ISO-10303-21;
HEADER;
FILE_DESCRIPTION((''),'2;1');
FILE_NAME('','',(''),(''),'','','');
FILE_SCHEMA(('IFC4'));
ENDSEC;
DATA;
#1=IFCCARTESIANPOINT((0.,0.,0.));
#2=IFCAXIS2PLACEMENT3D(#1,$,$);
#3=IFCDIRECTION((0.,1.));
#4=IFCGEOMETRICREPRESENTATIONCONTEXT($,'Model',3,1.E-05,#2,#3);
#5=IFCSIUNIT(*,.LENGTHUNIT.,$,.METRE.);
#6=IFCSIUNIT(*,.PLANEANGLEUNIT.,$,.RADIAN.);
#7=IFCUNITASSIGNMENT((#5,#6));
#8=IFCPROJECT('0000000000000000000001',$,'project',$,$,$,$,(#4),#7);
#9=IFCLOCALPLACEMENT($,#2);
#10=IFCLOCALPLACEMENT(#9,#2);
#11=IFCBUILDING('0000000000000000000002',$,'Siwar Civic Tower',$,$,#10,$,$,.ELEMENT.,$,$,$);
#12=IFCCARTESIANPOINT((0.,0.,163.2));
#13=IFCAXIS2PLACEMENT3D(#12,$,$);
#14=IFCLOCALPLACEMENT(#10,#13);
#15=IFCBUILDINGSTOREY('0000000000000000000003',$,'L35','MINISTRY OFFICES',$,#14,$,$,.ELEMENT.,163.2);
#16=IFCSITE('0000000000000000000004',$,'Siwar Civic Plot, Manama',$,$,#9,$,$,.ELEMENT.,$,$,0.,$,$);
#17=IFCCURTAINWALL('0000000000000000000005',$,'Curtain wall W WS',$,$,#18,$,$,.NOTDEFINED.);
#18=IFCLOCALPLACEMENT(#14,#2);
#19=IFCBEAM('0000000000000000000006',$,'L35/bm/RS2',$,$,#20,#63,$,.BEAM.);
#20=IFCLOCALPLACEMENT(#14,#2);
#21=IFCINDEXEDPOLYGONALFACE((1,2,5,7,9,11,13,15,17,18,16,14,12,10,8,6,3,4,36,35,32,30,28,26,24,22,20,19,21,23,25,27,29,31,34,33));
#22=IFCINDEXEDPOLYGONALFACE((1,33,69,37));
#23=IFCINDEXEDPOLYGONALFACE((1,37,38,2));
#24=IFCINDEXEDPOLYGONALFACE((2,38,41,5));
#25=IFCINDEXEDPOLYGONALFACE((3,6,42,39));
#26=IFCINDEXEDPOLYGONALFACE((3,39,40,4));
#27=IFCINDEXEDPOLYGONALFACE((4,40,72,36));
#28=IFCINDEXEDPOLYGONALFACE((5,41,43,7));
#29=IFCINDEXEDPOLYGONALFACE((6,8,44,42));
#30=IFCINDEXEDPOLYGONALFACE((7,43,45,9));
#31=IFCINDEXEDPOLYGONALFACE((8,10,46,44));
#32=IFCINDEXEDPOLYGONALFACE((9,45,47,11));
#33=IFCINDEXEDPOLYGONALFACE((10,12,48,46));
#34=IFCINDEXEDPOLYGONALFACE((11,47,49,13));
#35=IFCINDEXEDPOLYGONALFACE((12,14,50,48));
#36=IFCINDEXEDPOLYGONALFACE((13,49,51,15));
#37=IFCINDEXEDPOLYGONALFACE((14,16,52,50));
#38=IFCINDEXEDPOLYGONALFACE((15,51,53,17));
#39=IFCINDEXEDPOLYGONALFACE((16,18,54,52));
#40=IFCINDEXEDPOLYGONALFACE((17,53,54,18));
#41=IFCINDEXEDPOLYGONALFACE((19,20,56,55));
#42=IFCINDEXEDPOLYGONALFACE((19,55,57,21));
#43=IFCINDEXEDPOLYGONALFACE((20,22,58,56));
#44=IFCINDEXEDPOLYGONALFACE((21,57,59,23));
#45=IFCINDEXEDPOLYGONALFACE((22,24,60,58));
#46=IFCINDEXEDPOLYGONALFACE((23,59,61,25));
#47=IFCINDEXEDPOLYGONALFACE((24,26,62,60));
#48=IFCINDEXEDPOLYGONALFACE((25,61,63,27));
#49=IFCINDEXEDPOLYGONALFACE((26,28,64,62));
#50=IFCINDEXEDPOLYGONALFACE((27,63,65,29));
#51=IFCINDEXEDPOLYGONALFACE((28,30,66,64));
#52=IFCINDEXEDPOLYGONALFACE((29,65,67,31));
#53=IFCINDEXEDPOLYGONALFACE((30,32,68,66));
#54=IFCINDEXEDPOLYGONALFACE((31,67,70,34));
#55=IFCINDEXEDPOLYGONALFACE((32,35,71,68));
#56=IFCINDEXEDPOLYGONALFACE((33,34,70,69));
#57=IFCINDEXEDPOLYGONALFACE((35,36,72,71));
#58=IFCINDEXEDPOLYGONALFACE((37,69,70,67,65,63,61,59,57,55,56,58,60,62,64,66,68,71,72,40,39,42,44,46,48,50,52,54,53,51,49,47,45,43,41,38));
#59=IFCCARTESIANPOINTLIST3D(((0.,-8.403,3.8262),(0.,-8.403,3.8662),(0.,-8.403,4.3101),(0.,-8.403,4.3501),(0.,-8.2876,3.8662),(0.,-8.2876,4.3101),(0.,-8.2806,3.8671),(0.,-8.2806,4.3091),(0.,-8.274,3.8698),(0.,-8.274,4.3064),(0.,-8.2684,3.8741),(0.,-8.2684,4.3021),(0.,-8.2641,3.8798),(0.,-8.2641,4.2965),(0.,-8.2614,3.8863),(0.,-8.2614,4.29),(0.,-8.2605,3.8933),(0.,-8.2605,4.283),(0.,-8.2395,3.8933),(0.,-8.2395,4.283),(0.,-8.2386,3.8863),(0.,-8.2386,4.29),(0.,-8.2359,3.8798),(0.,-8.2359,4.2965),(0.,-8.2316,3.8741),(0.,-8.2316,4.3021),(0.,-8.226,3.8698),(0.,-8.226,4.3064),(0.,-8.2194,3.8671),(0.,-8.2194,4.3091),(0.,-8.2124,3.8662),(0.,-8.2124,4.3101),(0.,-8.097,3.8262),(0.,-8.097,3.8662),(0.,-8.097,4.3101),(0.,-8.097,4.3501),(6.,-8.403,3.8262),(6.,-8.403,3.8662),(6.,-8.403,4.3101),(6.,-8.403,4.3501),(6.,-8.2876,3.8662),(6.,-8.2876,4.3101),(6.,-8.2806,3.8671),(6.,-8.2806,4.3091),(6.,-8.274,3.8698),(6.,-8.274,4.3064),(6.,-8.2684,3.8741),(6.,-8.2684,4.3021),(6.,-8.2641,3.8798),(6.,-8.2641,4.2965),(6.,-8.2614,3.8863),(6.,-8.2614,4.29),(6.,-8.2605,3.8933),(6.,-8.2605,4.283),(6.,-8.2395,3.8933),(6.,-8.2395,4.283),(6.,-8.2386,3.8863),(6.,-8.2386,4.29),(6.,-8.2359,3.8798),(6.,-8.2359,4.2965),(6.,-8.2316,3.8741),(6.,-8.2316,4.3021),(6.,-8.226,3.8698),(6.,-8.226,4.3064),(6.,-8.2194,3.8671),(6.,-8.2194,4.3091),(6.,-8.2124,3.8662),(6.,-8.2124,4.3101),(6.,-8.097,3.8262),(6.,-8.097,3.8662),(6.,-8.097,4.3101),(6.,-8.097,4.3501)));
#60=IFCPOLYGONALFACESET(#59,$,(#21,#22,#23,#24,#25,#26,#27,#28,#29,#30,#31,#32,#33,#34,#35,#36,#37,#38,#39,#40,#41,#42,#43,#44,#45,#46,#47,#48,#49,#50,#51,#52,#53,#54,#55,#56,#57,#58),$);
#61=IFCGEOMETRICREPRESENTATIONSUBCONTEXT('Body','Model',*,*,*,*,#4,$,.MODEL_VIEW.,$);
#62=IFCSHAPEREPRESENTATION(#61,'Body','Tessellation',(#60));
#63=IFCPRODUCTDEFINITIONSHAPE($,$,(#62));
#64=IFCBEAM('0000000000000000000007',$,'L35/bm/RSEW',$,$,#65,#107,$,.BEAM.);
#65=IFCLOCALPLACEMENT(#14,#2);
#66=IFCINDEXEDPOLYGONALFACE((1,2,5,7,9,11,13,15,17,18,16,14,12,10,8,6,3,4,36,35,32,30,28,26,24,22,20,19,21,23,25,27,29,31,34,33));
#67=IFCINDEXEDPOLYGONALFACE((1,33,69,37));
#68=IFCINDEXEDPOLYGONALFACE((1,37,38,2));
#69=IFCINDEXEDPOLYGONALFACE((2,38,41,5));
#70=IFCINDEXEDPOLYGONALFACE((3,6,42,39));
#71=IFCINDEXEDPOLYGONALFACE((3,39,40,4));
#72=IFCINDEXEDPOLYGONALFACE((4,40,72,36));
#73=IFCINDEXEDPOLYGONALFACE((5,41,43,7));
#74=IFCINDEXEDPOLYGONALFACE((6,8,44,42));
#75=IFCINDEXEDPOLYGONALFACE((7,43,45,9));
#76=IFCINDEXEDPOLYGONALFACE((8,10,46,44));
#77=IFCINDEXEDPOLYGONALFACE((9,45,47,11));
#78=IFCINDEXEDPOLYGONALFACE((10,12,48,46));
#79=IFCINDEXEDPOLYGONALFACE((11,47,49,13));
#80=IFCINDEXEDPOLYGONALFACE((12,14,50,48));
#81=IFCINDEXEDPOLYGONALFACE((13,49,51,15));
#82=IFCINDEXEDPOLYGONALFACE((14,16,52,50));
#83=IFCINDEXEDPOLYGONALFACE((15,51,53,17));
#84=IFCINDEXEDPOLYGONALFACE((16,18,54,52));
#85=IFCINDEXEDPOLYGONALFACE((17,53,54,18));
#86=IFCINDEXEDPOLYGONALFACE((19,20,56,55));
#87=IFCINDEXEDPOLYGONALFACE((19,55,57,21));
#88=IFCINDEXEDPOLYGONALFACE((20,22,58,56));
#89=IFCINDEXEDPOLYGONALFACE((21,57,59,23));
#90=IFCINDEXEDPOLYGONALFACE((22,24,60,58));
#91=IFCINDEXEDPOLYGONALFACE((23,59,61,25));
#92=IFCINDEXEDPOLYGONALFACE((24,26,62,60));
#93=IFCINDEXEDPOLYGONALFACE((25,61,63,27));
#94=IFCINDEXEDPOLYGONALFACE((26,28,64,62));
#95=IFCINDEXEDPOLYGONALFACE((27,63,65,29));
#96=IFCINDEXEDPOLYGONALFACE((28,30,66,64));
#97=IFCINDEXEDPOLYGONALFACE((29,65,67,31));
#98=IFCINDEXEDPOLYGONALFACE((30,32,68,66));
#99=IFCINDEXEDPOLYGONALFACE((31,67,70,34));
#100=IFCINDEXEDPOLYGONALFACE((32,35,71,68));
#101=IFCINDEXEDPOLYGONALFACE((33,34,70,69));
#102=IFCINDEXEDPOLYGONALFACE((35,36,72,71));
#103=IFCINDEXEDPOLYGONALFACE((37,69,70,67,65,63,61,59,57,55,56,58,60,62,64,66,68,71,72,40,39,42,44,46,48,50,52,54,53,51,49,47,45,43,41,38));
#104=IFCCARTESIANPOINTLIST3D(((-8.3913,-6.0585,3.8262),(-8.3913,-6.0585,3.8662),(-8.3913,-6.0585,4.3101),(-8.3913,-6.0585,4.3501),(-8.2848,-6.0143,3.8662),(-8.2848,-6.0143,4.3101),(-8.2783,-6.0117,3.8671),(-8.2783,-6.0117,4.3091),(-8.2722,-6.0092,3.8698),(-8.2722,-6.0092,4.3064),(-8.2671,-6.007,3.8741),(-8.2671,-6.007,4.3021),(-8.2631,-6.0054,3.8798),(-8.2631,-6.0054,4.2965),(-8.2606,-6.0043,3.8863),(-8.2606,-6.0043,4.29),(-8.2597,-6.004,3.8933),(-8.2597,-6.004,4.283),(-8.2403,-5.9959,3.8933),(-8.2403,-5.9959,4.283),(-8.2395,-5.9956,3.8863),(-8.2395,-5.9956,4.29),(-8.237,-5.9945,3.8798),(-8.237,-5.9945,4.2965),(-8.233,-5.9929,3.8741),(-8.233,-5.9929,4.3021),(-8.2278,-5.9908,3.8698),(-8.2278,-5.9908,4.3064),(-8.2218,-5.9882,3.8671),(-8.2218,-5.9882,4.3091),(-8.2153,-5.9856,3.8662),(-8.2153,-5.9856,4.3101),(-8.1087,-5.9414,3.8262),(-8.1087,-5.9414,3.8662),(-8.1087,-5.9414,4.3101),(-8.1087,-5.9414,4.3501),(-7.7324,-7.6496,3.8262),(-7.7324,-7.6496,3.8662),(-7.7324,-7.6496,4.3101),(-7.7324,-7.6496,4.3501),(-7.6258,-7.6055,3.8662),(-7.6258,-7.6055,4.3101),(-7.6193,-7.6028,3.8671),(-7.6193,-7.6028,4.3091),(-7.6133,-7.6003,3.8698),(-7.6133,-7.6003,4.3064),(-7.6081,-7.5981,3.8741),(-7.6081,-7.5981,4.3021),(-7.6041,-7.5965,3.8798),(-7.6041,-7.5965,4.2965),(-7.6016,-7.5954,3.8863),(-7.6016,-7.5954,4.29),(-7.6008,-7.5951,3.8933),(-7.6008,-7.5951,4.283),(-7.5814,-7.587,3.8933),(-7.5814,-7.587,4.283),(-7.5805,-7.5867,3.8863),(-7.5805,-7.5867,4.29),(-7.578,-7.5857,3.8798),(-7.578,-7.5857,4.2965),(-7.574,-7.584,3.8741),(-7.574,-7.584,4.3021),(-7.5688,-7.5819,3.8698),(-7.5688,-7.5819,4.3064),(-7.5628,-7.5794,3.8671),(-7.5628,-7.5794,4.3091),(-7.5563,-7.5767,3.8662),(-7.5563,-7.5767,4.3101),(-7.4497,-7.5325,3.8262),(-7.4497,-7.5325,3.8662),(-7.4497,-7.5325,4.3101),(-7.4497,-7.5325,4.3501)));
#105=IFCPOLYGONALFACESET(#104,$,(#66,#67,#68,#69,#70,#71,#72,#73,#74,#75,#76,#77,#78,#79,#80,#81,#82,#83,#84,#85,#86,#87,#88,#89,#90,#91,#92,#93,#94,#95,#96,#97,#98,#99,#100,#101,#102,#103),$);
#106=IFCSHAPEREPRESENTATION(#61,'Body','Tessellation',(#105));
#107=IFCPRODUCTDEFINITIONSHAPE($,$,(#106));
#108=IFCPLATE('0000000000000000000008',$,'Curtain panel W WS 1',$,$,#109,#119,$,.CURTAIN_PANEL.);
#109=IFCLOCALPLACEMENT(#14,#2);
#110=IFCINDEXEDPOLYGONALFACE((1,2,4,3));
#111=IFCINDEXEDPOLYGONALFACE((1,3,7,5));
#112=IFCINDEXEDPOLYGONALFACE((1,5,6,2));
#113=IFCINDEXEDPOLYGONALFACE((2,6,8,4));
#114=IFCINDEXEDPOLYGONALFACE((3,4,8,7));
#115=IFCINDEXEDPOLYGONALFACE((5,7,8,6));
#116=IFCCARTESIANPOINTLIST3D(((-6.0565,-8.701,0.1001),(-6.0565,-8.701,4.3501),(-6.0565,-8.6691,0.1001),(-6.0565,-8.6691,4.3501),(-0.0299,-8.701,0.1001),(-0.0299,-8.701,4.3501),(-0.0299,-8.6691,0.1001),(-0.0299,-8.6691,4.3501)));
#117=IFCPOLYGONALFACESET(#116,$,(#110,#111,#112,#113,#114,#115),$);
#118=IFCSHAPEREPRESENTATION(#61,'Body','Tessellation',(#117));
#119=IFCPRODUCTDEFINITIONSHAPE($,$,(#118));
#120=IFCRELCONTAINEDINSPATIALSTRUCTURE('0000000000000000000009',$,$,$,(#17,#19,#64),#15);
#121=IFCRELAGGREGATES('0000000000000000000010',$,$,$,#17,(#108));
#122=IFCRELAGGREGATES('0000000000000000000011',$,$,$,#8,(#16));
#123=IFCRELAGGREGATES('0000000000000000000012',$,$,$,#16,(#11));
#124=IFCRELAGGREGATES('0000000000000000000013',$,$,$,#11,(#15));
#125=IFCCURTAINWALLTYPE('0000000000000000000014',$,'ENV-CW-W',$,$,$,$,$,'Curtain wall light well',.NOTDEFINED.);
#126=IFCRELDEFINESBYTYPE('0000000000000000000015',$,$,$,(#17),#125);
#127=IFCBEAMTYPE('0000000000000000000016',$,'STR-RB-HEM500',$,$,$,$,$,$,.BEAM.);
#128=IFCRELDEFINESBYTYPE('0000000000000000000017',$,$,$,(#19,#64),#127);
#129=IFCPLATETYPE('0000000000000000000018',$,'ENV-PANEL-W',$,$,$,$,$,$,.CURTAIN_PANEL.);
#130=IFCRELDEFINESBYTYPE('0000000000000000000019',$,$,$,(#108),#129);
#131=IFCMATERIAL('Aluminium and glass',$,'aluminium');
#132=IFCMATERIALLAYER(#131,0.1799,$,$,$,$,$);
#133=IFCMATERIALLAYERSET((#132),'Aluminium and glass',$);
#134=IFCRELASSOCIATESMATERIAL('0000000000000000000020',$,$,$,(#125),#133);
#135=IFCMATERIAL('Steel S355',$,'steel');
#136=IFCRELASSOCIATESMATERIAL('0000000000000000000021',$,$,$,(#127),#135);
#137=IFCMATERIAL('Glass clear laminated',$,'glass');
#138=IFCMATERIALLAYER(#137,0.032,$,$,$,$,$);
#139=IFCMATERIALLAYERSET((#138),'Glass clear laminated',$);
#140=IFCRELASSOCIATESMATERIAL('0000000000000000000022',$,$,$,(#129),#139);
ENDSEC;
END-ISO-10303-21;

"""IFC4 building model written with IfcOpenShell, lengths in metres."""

from ifc_helpers import new_model, si_unit, direction, frame, origin, origin_2d, place, context, subcontext, project, spatial, rectangle, i_section, extrude, material, layer, layer_set, material_profile, profile_set, type_object, element, aggregate, save


model = new_model("IFC4")

# Units and contexts
model_context = context("Model", 3, precision=1e-05, world=origin(), true_north=direction((0.0, 1.0)))
body_context = subcontext(model_context, "Body", "Model", "MODEL_VIEW")
ifc_project = project(units=[si_unit("LENGTHUNIT", "METRE"), si_unit("PLANEANGLEUNIT", "RADIAN")], contexts=[model_context])

# Site, building, storey
site_placement = place(None, origin())
site = spatial("IfcSite", under=ifc_project, at=site_placement, Name="Siwar Civic Plot, Manama", CompositionType="ELEMENT", RefElevation=0.0)
building_placement = place(site_placement, origin())
building = spatial("IfcBuilding", under=site, at=building_placement, Name="Siwar Civic Tower", CompositionType="ELEMENT")
storey_placement = place(building_placement, frame((0.0, 0.0, 163.2)))
storey = spatial("IfcBuildingStorey", under=building, at=storey_placement, Name="L35", Description="MINISTRY OFFICES", CompositionType="ELEMENT", Elevation=163.2)

# Curtain wall
ifc_material_1 = material(Name="Aluminium and glass", Category="aluminium")
ifc_layer_1 = layer(ifc_material_1, 0.1799)
ifc_layer_set_1 = layer_set([ifc_layer_1], Name="Aluminium and glass")
curtain_wall_type = type_object("IfcCurtainWallType", Name="ENV-CW-W", ElementType="Curtain wall light well", PredefinedType="NOTDEFINED", material=ifc_layer_set_1)
curtain_wall_placement = place(storey_placement, origin())
curtain_wall = element("IfcCurtainWall", 1, at=curtain_wall_placement, inside=storey, type_object=curtain_wall_type, Name="Curtain wall W WS", PredefinedType="NOTDEFINED")

# Beams
ifc_material_2 = material(Name="Steel S355", Category="steel")
ifc_material_profile_1 = material_profile(ifc_material_2, i_section(OverallWidth=0.3059, OverallDepth=0.5239, WebThickness=0.021, FlangeThickness=0.04, FilletRadius=0.0271, at=origin_2d()), Name="HEM500")
ifc_profile_set_1 = profile_set([ifc_material_profile_1], Name="Steel S355")
beam_type = type_object("IfcBeamType", Name="STR-RB-HEM500", PredefinedType="BEAM", material=ifc_profile_set_1)
for number, where, z_axis, x_axis, name in (
    (2, (0.0, -8.25, 4.0881), (1.0, 0.0, 0.0), (0.0, 1.0, 0.0), "L35/bm/RS2"),
):
    element("IfcBeam", number, at=place(storey_placement, frame(where, z_axis=z_axis, x_axis=x_axis)), inside=storey, type_object=beam_type, Name=name, PredefinedType="BEAM", context=body_context, shape_type="SweptSolid", body=[
        extrude(i_section(OverallWidth=0.3059, OverallDepth=0.5239, WebThickness=0.021, FlangeThickness=0.04, FilletRadius=0.0271, at=origin_2d()), origin(), (0.0, 0.0, 1.0), 6.0),
    ])
beam_1_placement = place(storey_placement, frame((-7.5911, -7.5911, 4.0881), z_axis=(-0.382631, 0.923901, 0.0), x_axis=(-0.923901, -0.382631, 0.0)))
element("IfcBeam", 3, at=beam_1_placement, inside=storey, type_object=beam_type, Name="L35/bm/RSEW", PredefinedType="BEAM", context=body_context, shape_type="SweptSolid", body=[
    extrude(i_section(OverallWidth=0.3059, OverallDepth=0.5239, WebThickness=0.021, FlangeThickness=0.04, FilletRadius=0.0271, at=origin_2d()), origin(), (0.0, 0.0, 1.0), 1.7222),
])

# Plate
ifc_material_3 = material(Name="Glass clear laminated", Category="glass")
ifc_layer_2 = layer(ifc_material_3, 0.032)
ifc_layer_set_2 = layer_set([ifc_layer_2], Name="Glass clear laminated")
plate_type = type_object("IfcPlateType", Name="ENV-PANEL-W", PredefinedType="CURTAIN_PANEL", material=ifc_layer_set_2)
plate_placement = place(storey_placement, frame((-3.0432, -8.6851, 0.1001), z_axis=(0.0, 0.0, 1.0), x_axis=(1.0, 0.0, 0.0)))
plate = element("IfcPlate", 4, at=plate_placement, type_object=plate_type, Name="Curtain panel W WS 1", PredefinedType="CURTAIN_PANEL", context=body_context, shape_type="SweptSolid", body=[
    extrude(rectangle(XDim=6.0266, YDim=0.032, at=origin_2d()), origin(), (0.0, 0.0, 1.0), 4.25),
])
aggregate(curtain_wall, [plate])

save(model, "model.ifc")
